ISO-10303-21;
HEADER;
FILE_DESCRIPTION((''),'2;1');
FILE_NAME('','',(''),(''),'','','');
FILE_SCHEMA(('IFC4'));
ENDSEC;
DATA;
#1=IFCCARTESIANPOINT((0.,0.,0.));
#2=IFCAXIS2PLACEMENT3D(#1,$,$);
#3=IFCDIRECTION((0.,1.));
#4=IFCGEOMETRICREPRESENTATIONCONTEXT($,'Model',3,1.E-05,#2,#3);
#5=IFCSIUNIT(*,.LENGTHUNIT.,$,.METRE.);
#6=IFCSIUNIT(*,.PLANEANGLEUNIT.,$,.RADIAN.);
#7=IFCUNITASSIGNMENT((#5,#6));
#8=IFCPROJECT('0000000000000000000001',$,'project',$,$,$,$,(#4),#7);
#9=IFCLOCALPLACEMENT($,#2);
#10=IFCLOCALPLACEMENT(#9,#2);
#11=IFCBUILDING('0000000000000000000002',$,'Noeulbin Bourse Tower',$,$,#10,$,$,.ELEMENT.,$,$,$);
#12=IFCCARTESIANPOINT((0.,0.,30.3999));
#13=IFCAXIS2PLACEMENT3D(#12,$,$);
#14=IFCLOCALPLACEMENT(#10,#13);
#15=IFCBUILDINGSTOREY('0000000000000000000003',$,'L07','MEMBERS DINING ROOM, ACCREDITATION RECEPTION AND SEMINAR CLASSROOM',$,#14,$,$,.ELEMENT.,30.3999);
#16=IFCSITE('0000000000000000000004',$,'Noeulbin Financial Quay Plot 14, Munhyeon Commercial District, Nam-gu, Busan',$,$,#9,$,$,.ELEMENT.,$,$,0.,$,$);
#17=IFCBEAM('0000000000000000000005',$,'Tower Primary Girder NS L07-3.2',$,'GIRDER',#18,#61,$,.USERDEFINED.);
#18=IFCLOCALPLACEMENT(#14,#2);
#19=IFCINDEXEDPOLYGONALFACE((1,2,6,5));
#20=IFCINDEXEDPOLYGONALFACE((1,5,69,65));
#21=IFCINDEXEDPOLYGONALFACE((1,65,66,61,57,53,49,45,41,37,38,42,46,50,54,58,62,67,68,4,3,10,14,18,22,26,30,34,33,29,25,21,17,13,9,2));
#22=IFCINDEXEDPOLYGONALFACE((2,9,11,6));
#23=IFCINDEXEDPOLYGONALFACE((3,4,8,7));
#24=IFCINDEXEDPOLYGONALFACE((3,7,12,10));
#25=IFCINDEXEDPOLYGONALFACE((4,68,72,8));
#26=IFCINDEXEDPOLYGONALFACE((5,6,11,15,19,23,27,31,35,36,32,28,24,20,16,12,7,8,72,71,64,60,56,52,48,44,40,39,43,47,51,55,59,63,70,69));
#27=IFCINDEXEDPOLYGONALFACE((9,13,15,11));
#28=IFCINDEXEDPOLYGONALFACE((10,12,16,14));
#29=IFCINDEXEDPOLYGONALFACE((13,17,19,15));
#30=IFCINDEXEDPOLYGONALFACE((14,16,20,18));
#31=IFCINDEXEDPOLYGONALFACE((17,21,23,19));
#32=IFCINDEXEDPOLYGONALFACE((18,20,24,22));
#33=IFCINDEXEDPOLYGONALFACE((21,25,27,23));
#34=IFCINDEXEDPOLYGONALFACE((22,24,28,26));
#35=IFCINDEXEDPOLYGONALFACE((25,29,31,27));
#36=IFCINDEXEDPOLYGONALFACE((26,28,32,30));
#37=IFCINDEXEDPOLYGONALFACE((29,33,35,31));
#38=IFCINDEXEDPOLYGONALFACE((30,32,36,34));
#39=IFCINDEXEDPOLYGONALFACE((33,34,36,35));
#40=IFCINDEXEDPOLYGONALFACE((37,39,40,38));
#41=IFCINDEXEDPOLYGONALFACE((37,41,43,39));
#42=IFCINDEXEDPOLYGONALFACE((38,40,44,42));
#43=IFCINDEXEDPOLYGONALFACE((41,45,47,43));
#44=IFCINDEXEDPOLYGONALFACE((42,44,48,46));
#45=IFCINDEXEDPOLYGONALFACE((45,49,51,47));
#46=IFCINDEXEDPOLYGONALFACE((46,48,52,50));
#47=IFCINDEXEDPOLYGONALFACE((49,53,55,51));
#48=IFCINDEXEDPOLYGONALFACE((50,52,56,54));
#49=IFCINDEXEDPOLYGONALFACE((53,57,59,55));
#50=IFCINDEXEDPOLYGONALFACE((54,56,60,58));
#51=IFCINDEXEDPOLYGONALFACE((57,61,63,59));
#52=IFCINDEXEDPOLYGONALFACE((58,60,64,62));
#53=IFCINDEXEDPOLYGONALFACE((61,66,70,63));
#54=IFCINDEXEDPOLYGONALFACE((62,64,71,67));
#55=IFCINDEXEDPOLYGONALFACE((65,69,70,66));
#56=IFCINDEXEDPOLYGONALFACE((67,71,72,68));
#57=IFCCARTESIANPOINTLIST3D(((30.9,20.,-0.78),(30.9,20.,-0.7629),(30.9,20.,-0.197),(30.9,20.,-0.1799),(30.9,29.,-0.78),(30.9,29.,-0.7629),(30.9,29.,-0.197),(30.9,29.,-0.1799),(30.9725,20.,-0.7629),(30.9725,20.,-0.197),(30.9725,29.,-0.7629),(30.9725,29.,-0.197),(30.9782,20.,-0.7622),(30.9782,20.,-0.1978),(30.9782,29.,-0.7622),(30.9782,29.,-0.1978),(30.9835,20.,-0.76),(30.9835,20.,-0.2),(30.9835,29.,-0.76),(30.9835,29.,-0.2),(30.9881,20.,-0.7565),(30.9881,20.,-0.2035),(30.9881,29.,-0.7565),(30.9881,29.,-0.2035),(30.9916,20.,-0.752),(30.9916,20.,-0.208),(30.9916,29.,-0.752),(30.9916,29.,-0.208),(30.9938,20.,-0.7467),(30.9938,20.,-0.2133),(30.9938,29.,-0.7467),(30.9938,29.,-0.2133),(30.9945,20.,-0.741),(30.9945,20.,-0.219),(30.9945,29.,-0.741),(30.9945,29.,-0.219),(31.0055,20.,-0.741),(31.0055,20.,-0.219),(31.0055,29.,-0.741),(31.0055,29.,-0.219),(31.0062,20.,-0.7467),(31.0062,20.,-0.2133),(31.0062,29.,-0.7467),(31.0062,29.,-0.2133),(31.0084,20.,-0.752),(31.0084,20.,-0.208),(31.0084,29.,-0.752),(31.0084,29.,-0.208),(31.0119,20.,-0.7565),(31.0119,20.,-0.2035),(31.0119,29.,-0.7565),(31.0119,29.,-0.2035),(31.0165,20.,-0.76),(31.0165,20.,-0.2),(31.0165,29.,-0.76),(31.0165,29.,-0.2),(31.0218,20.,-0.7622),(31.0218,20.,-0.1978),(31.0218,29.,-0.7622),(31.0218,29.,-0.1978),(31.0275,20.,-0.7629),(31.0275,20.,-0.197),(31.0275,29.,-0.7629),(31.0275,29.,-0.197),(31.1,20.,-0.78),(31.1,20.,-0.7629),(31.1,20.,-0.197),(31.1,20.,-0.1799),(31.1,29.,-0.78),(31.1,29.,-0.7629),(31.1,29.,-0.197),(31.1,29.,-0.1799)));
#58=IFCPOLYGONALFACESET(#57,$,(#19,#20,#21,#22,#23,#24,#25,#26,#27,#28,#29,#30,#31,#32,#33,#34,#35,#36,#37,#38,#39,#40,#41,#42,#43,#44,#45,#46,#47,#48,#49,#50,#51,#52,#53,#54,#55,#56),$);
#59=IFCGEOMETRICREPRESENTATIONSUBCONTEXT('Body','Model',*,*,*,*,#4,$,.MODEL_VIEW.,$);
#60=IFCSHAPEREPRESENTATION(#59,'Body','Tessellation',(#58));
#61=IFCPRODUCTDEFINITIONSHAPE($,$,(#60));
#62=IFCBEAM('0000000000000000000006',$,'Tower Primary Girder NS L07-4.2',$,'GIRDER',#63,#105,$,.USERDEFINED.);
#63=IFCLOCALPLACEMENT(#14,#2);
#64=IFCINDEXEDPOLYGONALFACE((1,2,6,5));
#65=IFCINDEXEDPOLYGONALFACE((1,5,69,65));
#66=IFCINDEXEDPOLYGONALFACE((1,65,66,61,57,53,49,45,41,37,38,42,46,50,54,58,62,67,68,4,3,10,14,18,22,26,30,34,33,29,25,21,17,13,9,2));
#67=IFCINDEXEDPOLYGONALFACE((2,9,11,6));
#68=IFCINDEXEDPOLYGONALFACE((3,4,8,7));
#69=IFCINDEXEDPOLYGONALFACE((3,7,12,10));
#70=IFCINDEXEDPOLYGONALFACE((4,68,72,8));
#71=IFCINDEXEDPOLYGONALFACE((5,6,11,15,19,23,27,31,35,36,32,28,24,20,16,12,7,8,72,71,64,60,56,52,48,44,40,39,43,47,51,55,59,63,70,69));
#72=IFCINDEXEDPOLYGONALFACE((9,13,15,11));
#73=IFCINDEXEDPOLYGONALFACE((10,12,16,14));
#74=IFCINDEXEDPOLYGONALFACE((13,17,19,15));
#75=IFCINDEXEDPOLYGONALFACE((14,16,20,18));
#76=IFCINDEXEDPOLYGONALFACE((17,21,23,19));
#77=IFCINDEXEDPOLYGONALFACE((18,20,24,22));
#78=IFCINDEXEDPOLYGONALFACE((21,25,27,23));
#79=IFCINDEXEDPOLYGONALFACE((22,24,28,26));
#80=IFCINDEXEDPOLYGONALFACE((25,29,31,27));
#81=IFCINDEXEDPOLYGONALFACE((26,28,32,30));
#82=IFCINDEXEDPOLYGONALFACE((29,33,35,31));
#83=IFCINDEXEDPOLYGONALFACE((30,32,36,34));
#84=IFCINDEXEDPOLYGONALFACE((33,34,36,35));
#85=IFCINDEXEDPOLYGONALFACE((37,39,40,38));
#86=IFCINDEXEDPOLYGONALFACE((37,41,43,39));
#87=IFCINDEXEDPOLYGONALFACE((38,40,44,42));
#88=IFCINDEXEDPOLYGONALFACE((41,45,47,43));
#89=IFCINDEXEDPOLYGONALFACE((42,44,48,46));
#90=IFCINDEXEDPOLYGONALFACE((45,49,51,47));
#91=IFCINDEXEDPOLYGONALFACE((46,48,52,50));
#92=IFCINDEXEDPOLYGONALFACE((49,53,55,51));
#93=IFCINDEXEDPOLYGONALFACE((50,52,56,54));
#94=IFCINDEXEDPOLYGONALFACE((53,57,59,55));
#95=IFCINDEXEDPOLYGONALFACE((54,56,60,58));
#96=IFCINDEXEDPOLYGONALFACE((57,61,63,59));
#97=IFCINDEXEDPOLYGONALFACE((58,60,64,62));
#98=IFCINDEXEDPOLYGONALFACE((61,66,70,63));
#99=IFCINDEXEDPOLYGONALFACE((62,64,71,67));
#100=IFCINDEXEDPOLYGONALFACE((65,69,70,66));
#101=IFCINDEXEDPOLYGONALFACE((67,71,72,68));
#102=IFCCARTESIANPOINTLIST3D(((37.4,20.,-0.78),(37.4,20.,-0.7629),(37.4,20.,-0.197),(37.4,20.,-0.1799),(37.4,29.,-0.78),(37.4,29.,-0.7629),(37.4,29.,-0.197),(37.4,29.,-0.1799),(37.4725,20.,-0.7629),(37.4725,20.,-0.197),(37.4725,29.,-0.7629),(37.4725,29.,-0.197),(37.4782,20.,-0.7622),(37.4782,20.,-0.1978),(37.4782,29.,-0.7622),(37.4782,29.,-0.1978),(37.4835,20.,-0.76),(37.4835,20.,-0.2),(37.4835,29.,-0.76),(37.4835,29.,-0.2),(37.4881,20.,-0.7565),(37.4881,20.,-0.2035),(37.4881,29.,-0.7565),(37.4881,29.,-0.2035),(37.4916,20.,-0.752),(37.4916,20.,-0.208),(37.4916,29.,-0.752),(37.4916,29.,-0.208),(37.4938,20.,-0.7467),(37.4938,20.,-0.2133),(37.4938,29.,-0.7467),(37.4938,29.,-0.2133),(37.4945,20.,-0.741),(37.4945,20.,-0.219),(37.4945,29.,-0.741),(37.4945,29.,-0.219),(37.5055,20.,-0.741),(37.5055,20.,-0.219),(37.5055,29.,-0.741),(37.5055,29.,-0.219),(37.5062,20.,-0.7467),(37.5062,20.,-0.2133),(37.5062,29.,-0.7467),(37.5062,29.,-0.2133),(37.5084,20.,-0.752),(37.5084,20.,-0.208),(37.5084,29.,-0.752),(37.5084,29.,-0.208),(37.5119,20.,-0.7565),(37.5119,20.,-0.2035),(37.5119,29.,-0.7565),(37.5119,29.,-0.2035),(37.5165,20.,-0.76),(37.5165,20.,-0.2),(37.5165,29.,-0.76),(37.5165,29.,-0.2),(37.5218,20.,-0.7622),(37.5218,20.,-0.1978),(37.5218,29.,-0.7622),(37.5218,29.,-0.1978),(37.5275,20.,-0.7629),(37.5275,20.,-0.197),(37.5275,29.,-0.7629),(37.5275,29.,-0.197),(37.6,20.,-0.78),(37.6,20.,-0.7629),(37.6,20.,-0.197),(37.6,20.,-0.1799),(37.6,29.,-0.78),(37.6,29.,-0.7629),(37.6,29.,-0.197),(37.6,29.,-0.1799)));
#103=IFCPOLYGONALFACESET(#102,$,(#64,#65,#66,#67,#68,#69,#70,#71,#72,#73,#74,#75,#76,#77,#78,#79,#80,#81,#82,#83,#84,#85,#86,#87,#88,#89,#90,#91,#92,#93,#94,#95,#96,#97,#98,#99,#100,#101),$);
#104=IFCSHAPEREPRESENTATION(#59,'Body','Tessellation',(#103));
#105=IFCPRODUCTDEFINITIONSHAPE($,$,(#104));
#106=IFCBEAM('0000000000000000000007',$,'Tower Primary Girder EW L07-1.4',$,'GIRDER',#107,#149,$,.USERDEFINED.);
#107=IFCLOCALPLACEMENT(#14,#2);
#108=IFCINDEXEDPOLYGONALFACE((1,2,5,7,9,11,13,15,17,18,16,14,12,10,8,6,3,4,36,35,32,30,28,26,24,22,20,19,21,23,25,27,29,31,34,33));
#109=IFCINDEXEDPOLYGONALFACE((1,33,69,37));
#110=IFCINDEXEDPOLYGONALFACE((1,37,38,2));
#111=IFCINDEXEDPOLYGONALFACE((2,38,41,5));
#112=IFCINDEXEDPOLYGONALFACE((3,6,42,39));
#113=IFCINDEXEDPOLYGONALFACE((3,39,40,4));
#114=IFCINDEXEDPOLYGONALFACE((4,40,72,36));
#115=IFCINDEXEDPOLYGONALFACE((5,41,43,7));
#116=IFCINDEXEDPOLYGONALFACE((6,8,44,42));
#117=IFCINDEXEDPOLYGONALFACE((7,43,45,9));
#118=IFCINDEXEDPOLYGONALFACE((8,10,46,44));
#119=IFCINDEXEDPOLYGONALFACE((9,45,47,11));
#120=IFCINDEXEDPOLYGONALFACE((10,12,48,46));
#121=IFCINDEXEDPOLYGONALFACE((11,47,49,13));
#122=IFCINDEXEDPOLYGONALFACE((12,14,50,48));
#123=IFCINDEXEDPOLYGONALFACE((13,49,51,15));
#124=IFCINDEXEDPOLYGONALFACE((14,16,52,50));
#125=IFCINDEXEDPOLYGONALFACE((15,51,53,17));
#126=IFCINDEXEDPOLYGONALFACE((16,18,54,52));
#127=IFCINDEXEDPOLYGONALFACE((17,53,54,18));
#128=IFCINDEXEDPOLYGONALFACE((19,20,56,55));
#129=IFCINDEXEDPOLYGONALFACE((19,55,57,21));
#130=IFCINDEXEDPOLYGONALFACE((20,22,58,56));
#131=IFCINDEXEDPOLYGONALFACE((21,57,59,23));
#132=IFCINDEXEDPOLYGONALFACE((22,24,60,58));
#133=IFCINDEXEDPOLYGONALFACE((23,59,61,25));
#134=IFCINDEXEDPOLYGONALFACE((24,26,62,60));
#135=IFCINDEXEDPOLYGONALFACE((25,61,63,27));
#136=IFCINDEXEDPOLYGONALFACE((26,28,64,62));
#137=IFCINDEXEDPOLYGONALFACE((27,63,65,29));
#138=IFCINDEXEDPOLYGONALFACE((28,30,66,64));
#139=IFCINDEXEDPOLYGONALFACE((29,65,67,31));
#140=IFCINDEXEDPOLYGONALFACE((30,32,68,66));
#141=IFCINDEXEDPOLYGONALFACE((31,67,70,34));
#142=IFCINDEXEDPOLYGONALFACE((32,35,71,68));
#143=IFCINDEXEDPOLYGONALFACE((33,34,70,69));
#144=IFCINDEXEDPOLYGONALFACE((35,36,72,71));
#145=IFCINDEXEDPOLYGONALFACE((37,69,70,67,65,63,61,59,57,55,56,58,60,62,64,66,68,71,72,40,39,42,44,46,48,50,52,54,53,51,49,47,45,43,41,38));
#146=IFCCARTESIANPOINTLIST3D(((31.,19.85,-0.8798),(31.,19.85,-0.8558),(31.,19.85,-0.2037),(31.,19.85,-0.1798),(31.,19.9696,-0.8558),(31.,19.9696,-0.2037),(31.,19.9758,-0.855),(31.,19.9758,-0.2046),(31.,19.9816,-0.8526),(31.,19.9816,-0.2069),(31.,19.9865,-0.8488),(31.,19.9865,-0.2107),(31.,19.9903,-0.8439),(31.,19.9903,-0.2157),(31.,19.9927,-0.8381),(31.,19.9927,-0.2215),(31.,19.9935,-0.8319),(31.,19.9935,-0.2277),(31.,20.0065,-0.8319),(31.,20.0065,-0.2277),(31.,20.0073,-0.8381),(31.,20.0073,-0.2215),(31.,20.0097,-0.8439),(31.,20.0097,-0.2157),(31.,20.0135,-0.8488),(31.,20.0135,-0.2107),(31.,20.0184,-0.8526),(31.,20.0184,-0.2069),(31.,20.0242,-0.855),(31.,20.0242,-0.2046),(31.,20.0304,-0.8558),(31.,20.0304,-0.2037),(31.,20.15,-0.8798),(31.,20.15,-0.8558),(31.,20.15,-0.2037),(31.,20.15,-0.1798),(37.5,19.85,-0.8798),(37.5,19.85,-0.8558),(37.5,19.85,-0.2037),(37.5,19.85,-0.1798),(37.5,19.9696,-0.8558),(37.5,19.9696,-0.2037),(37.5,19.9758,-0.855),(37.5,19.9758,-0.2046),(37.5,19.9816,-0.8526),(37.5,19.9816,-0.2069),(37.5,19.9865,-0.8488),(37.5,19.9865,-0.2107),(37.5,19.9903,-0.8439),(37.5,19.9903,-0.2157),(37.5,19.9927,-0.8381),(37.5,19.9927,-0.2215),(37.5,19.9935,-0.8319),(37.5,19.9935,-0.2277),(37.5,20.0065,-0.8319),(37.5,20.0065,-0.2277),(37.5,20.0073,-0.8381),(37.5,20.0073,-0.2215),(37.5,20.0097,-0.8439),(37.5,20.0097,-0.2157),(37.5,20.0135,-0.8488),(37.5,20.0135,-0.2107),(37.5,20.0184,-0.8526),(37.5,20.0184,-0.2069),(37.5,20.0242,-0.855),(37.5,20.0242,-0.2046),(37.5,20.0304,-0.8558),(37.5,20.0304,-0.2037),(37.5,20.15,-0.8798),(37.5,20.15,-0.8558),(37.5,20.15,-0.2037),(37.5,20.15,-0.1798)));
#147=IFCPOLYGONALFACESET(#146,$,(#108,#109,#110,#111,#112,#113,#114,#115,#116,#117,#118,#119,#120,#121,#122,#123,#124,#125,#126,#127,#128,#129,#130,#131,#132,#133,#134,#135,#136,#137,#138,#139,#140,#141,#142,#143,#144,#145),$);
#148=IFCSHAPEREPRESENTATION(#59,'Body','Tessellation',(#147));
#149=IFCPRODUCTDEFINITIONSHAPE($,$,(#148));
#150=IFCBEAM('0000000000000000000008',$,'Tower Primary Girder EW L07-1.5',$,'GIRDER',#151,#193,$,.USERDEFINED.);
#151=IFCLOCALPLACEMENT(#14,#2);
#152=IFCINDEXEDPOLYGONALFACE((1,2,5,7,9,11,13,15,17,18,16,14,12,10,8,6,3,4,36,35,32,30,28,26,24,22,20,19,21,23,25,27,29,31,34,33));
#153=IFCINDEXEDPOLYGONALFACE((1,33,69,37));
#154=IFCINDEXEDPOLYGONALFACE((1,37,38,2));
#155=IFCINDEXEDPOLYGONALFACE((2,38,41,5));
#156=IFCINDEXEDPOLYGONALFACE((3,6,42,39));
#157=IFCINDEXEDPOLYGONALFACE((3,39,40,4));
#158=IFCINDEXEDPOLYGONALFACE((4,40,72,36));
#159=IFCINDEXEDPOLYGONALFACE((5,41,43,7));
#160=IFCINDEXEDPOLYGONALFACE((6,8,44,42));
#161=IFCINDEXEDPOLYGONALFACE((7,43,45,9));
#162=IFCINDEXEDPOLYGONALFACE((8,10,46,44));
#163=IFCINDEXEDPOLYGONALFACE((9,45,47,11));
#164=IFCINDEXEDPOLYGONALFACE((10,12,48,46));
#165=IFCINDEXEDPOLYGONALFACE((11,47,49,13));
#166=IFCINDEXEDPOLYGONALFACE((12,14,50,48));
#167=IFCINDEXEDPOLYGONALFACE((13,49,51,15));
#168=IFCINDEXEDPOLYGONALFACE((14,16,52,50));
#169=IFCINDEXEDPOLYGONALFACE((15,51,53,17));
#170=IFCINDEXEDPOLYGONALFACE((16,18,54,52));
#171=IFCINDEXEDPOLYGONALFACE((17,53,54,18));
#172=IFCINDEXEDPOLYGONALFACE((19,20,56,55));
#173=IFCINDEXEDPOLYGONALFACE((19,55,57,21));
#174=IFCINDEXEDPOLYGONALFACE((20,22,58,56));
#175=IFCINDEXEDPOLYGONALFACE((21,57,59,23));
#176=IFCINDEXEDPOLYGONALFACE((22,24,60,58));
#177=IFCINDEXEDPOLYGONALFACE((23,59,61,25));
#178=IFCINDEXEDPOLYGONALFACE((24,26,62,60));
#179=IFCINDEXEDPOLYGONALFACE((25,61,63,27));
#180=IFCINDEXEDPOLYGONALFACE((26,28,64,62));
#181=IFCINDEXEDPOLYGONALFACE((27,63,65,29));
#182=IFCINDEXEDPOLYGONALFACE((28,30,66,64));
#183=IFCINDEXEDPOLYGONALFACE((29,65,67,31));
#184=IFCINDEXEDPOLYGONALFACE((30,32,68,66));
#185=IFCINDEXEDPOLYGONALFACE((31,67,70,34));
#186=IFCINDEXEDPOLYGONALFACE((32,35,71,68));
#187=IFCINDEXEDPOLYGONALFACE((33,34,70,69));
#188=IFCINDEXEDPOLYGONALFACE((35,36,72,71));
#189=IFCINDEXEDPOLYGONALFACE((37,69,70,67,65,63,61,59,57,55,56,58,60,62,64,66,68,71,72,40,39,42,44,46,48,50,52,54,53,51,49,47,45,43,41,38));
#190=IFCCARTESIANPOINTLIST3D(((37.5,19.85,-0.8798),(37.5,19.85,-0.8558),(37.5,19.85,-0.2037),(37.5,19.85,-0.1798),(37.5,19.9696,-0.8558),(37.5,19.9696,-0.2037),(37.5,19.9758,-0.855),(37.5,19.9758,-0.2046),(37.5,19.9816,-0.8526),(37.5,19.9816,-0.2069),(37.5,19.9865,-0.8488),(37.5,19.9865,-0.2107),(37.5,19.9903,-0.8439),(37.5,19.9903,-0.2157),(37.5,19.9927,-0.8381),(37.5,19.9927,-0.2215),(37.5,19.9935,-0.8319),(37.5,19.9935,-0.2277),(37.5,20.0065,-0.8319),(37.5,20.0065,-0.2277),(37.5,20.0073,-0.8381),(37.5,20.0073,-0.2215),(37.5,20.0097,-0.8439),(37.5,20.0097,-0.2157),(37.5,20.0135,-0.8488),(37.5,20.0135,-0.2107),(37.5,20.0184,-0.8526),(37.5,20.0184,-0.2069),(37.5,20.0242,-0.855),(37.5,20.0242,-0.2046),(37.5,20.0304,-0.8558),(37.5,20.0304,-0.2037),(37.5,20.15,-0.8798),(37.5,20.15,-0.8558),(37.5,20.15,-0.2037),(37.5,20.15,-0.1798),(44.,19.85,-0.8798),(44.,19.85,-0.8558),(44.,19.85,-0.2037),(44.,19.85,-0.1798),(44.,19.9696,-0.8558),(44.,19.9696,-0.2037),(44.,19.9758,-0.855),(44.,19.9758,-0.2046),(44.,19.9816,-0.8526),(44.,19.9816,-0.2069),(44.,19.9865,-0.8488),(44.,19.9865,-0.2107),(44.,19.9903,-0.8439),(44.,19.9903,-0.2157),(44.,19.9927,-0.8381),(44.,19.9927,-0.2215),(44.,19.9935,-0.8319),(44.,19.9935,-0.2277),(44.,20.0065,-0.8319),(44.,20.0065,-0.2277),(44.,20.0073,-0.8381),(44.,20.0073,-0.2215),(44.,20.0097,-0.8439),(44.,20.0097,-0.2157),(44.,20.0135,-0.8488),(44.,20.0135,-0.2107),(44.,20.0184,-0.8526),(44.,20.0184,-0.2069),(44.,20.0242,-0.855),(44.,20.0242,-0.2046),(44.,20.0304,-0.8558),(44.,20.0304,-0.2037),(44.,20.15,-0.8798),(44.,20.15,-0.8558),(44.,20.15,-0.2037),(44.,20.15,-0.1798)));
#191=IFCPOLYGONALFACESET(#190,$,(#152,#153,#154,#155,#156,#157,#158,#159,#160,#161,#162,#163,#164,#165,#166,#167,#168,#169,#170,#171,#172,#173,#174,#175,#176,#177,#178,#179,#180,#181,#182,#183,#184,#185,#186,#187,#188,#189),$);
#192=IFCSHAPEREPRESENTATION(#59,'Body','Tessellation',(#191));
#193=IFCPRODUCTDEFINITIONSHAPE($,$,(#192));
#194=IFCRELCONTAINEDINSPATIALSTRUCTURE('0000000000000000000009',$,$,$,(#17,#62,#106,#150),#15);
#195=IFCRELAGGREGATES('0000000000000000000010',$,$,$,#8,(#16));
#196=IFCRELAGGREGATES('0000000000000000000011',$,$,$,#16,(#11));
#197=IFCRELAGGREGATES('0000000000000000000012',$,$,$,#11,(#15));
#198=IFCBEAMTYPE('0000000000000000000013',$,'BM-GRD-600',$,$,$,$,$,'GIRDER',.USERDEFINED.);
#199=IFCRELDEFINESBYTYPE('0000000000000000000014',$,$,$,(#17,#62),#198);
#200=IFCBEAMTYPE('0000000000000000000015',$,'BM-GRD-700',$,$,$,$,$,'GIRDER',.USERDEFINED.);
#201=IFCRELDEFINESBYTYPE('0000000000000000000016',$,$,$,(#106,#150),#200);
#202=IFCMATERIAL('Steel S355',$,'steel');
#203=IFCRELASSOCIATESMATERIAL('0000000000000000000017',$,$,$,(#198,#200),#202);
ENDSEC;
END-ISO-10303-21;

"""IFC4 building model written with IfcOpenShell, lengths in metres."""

from ifc_helpers import new_model, si_unit, direction, frame, origin, origin_2d, place, context, subcontext, project, spatial, i_section, extrude, material, material_profile, profile_set, type_object, element, save


model = new_model("IFC4")

# Units and contexts
model_context = context("Model", 3, precision=1e-05, world=origin(), true_north=direction((0.0, 1.0)))
body_context = subcontext(model_context, "Body", "Model", "MODEL_VIEW")
ifc_project = project(units=[si_unit("LENGTHUNIT", "METRE"), si_unit("PLANEANGLEUNIT", "RADIAN")], contexts=[model_context])

# Site, building, storey
site_placement = place(None, origin())
site = spatial("IfcSite", under=ifc_project, at=site_placement, Name="Noeulbin Financial Quay Plot 14, Munhyeon Commercial District, Nam-gu, Busan", CompositionType="ELEMENT", RefElevation=0.0)
building_placement = place(site_placement, origin())
building = spatial("IfcBuilding", under=site, at=building_placement, Name="Noeulbin Bourse Tower", CompositionType="ELEMENT")
storey_placement = place(building_placement, frame((0.0, 0.0, 30.3999)))
storey = spatial("IfcBuildingStorey", under=building, at=storey_placement, Name="L07", Description="MEMBERS DINING ROOM, ACCREDITATION RECEPTION AND SEMINAR CLASSROOM", CompositionType="ELEMENT", Elevation=30.3999)

# Beams
ifc_material_1 = material(Name="Steel S355", Category="steel")
ifc_material_profile_1 = material_profile(ifc_material_1, i_section(OverallWidth=0.2, OverallDepth=0.6001, WebThickness=0.011, FlangeThickness=0.0171, FilletRadius=0.022, at=origin_2d()), Name="H-600x200x11x17", Category="LoadBearing")
ifc_profile_set_1 = profile_set([ifc_material_profile_1], Name="Steel S355")
beam_type_1 = type_object("IfcBeamType", Name="BM-GRD-600", ElementType="GIRDER", PredefinedType="USERDEFINED", material=ifc_profile_set_1)
for number, where, z_axis, x_axis, name in (
    (1, (31.0, 20.0, -0.48), (0.0, 1.0, 0.0), (-1.0, 0.0, 0.0), "Tower Primary Girder NS L07-3.2"),
    (2, (37.5, 20.0, -0.48), (0.0, 1.0, 0.0), (-1.0, 0.0, 0.0), "Tower Primary Girder NS L07-4.2"),
):
    element("IfcBeam", number, at=place(storey_placement, frame(where, z_axis=z_axis, x_axis=x_axis)), inside=storey, type_object=beam_type_1, Name=name, ObjectType="GIRDER", PredefinedType="USERDEFINED", context=body_context, shape_type="SweptSolid", body=[
        extrude(i_section(OverallWidth=0.2, OverallDepth=0.6001, WebThickness=0.011, FlangeThickness=0.0171, FilletRadius=0.022, at=origin_2d()), origin(), (0.0, 0.0, 1.0), 9.0),
    ])
ifc_material_profile_2 = material_profile(ifc_material_1, i_section(OverallWidth=0.3, OverallDepth=0.7, WebThickness=0.0129, FlangeThickness=0.0239, FilletRadius=0.0239, at=origin_2d()), Name="H-700x300x13x24", Category="LoadBearing")
ifc_profile_set_2 = profile_set([ifc_material_profile_2], Name="Steel S355")
beam_type_2 = type_object("IfcBeamType", Name="BM-GRD-700", ElementType="GIRDER", PredefinedType="USERDEFINED", material=ifc_profile_set_2)
for number, where, z_axis, x_axis, name in (
    (3, (31.0, 20.0, -0.5298), (1.0, 0.0, 0.0), (0.0, 1.0, 0.0), "Tower Primary Girder EW L07-1.4"),
    (4, (37.5, 20.0, -0.5298), (1.0, 0.0, 0.0), (0.0, 1.0, 0.0), "Tower Primary Girder EW L07-1.5"),
):
    element("IfcBeam", number, at=place(storey_placement, frame(where, z_axis=z_axis, x_axis=x_axis)), inside=storey, type_object=beam_type_2, Name=name, ObjectType="GIRDER", PredefinedType="USERDEFINED", context=body_context, shape_type="SweptSolid", body=[
        extrude(i_section(OverallWidth=0.3, OverallDepth=0.7, WebThickness=0.0129, FlangeThickness=0.0239, FilletRadius=0.0239, at=origin_2d()), origin(), (0.0, 0.0, 1.0), 6.5),
    ])

save(model, "model.ifc")
